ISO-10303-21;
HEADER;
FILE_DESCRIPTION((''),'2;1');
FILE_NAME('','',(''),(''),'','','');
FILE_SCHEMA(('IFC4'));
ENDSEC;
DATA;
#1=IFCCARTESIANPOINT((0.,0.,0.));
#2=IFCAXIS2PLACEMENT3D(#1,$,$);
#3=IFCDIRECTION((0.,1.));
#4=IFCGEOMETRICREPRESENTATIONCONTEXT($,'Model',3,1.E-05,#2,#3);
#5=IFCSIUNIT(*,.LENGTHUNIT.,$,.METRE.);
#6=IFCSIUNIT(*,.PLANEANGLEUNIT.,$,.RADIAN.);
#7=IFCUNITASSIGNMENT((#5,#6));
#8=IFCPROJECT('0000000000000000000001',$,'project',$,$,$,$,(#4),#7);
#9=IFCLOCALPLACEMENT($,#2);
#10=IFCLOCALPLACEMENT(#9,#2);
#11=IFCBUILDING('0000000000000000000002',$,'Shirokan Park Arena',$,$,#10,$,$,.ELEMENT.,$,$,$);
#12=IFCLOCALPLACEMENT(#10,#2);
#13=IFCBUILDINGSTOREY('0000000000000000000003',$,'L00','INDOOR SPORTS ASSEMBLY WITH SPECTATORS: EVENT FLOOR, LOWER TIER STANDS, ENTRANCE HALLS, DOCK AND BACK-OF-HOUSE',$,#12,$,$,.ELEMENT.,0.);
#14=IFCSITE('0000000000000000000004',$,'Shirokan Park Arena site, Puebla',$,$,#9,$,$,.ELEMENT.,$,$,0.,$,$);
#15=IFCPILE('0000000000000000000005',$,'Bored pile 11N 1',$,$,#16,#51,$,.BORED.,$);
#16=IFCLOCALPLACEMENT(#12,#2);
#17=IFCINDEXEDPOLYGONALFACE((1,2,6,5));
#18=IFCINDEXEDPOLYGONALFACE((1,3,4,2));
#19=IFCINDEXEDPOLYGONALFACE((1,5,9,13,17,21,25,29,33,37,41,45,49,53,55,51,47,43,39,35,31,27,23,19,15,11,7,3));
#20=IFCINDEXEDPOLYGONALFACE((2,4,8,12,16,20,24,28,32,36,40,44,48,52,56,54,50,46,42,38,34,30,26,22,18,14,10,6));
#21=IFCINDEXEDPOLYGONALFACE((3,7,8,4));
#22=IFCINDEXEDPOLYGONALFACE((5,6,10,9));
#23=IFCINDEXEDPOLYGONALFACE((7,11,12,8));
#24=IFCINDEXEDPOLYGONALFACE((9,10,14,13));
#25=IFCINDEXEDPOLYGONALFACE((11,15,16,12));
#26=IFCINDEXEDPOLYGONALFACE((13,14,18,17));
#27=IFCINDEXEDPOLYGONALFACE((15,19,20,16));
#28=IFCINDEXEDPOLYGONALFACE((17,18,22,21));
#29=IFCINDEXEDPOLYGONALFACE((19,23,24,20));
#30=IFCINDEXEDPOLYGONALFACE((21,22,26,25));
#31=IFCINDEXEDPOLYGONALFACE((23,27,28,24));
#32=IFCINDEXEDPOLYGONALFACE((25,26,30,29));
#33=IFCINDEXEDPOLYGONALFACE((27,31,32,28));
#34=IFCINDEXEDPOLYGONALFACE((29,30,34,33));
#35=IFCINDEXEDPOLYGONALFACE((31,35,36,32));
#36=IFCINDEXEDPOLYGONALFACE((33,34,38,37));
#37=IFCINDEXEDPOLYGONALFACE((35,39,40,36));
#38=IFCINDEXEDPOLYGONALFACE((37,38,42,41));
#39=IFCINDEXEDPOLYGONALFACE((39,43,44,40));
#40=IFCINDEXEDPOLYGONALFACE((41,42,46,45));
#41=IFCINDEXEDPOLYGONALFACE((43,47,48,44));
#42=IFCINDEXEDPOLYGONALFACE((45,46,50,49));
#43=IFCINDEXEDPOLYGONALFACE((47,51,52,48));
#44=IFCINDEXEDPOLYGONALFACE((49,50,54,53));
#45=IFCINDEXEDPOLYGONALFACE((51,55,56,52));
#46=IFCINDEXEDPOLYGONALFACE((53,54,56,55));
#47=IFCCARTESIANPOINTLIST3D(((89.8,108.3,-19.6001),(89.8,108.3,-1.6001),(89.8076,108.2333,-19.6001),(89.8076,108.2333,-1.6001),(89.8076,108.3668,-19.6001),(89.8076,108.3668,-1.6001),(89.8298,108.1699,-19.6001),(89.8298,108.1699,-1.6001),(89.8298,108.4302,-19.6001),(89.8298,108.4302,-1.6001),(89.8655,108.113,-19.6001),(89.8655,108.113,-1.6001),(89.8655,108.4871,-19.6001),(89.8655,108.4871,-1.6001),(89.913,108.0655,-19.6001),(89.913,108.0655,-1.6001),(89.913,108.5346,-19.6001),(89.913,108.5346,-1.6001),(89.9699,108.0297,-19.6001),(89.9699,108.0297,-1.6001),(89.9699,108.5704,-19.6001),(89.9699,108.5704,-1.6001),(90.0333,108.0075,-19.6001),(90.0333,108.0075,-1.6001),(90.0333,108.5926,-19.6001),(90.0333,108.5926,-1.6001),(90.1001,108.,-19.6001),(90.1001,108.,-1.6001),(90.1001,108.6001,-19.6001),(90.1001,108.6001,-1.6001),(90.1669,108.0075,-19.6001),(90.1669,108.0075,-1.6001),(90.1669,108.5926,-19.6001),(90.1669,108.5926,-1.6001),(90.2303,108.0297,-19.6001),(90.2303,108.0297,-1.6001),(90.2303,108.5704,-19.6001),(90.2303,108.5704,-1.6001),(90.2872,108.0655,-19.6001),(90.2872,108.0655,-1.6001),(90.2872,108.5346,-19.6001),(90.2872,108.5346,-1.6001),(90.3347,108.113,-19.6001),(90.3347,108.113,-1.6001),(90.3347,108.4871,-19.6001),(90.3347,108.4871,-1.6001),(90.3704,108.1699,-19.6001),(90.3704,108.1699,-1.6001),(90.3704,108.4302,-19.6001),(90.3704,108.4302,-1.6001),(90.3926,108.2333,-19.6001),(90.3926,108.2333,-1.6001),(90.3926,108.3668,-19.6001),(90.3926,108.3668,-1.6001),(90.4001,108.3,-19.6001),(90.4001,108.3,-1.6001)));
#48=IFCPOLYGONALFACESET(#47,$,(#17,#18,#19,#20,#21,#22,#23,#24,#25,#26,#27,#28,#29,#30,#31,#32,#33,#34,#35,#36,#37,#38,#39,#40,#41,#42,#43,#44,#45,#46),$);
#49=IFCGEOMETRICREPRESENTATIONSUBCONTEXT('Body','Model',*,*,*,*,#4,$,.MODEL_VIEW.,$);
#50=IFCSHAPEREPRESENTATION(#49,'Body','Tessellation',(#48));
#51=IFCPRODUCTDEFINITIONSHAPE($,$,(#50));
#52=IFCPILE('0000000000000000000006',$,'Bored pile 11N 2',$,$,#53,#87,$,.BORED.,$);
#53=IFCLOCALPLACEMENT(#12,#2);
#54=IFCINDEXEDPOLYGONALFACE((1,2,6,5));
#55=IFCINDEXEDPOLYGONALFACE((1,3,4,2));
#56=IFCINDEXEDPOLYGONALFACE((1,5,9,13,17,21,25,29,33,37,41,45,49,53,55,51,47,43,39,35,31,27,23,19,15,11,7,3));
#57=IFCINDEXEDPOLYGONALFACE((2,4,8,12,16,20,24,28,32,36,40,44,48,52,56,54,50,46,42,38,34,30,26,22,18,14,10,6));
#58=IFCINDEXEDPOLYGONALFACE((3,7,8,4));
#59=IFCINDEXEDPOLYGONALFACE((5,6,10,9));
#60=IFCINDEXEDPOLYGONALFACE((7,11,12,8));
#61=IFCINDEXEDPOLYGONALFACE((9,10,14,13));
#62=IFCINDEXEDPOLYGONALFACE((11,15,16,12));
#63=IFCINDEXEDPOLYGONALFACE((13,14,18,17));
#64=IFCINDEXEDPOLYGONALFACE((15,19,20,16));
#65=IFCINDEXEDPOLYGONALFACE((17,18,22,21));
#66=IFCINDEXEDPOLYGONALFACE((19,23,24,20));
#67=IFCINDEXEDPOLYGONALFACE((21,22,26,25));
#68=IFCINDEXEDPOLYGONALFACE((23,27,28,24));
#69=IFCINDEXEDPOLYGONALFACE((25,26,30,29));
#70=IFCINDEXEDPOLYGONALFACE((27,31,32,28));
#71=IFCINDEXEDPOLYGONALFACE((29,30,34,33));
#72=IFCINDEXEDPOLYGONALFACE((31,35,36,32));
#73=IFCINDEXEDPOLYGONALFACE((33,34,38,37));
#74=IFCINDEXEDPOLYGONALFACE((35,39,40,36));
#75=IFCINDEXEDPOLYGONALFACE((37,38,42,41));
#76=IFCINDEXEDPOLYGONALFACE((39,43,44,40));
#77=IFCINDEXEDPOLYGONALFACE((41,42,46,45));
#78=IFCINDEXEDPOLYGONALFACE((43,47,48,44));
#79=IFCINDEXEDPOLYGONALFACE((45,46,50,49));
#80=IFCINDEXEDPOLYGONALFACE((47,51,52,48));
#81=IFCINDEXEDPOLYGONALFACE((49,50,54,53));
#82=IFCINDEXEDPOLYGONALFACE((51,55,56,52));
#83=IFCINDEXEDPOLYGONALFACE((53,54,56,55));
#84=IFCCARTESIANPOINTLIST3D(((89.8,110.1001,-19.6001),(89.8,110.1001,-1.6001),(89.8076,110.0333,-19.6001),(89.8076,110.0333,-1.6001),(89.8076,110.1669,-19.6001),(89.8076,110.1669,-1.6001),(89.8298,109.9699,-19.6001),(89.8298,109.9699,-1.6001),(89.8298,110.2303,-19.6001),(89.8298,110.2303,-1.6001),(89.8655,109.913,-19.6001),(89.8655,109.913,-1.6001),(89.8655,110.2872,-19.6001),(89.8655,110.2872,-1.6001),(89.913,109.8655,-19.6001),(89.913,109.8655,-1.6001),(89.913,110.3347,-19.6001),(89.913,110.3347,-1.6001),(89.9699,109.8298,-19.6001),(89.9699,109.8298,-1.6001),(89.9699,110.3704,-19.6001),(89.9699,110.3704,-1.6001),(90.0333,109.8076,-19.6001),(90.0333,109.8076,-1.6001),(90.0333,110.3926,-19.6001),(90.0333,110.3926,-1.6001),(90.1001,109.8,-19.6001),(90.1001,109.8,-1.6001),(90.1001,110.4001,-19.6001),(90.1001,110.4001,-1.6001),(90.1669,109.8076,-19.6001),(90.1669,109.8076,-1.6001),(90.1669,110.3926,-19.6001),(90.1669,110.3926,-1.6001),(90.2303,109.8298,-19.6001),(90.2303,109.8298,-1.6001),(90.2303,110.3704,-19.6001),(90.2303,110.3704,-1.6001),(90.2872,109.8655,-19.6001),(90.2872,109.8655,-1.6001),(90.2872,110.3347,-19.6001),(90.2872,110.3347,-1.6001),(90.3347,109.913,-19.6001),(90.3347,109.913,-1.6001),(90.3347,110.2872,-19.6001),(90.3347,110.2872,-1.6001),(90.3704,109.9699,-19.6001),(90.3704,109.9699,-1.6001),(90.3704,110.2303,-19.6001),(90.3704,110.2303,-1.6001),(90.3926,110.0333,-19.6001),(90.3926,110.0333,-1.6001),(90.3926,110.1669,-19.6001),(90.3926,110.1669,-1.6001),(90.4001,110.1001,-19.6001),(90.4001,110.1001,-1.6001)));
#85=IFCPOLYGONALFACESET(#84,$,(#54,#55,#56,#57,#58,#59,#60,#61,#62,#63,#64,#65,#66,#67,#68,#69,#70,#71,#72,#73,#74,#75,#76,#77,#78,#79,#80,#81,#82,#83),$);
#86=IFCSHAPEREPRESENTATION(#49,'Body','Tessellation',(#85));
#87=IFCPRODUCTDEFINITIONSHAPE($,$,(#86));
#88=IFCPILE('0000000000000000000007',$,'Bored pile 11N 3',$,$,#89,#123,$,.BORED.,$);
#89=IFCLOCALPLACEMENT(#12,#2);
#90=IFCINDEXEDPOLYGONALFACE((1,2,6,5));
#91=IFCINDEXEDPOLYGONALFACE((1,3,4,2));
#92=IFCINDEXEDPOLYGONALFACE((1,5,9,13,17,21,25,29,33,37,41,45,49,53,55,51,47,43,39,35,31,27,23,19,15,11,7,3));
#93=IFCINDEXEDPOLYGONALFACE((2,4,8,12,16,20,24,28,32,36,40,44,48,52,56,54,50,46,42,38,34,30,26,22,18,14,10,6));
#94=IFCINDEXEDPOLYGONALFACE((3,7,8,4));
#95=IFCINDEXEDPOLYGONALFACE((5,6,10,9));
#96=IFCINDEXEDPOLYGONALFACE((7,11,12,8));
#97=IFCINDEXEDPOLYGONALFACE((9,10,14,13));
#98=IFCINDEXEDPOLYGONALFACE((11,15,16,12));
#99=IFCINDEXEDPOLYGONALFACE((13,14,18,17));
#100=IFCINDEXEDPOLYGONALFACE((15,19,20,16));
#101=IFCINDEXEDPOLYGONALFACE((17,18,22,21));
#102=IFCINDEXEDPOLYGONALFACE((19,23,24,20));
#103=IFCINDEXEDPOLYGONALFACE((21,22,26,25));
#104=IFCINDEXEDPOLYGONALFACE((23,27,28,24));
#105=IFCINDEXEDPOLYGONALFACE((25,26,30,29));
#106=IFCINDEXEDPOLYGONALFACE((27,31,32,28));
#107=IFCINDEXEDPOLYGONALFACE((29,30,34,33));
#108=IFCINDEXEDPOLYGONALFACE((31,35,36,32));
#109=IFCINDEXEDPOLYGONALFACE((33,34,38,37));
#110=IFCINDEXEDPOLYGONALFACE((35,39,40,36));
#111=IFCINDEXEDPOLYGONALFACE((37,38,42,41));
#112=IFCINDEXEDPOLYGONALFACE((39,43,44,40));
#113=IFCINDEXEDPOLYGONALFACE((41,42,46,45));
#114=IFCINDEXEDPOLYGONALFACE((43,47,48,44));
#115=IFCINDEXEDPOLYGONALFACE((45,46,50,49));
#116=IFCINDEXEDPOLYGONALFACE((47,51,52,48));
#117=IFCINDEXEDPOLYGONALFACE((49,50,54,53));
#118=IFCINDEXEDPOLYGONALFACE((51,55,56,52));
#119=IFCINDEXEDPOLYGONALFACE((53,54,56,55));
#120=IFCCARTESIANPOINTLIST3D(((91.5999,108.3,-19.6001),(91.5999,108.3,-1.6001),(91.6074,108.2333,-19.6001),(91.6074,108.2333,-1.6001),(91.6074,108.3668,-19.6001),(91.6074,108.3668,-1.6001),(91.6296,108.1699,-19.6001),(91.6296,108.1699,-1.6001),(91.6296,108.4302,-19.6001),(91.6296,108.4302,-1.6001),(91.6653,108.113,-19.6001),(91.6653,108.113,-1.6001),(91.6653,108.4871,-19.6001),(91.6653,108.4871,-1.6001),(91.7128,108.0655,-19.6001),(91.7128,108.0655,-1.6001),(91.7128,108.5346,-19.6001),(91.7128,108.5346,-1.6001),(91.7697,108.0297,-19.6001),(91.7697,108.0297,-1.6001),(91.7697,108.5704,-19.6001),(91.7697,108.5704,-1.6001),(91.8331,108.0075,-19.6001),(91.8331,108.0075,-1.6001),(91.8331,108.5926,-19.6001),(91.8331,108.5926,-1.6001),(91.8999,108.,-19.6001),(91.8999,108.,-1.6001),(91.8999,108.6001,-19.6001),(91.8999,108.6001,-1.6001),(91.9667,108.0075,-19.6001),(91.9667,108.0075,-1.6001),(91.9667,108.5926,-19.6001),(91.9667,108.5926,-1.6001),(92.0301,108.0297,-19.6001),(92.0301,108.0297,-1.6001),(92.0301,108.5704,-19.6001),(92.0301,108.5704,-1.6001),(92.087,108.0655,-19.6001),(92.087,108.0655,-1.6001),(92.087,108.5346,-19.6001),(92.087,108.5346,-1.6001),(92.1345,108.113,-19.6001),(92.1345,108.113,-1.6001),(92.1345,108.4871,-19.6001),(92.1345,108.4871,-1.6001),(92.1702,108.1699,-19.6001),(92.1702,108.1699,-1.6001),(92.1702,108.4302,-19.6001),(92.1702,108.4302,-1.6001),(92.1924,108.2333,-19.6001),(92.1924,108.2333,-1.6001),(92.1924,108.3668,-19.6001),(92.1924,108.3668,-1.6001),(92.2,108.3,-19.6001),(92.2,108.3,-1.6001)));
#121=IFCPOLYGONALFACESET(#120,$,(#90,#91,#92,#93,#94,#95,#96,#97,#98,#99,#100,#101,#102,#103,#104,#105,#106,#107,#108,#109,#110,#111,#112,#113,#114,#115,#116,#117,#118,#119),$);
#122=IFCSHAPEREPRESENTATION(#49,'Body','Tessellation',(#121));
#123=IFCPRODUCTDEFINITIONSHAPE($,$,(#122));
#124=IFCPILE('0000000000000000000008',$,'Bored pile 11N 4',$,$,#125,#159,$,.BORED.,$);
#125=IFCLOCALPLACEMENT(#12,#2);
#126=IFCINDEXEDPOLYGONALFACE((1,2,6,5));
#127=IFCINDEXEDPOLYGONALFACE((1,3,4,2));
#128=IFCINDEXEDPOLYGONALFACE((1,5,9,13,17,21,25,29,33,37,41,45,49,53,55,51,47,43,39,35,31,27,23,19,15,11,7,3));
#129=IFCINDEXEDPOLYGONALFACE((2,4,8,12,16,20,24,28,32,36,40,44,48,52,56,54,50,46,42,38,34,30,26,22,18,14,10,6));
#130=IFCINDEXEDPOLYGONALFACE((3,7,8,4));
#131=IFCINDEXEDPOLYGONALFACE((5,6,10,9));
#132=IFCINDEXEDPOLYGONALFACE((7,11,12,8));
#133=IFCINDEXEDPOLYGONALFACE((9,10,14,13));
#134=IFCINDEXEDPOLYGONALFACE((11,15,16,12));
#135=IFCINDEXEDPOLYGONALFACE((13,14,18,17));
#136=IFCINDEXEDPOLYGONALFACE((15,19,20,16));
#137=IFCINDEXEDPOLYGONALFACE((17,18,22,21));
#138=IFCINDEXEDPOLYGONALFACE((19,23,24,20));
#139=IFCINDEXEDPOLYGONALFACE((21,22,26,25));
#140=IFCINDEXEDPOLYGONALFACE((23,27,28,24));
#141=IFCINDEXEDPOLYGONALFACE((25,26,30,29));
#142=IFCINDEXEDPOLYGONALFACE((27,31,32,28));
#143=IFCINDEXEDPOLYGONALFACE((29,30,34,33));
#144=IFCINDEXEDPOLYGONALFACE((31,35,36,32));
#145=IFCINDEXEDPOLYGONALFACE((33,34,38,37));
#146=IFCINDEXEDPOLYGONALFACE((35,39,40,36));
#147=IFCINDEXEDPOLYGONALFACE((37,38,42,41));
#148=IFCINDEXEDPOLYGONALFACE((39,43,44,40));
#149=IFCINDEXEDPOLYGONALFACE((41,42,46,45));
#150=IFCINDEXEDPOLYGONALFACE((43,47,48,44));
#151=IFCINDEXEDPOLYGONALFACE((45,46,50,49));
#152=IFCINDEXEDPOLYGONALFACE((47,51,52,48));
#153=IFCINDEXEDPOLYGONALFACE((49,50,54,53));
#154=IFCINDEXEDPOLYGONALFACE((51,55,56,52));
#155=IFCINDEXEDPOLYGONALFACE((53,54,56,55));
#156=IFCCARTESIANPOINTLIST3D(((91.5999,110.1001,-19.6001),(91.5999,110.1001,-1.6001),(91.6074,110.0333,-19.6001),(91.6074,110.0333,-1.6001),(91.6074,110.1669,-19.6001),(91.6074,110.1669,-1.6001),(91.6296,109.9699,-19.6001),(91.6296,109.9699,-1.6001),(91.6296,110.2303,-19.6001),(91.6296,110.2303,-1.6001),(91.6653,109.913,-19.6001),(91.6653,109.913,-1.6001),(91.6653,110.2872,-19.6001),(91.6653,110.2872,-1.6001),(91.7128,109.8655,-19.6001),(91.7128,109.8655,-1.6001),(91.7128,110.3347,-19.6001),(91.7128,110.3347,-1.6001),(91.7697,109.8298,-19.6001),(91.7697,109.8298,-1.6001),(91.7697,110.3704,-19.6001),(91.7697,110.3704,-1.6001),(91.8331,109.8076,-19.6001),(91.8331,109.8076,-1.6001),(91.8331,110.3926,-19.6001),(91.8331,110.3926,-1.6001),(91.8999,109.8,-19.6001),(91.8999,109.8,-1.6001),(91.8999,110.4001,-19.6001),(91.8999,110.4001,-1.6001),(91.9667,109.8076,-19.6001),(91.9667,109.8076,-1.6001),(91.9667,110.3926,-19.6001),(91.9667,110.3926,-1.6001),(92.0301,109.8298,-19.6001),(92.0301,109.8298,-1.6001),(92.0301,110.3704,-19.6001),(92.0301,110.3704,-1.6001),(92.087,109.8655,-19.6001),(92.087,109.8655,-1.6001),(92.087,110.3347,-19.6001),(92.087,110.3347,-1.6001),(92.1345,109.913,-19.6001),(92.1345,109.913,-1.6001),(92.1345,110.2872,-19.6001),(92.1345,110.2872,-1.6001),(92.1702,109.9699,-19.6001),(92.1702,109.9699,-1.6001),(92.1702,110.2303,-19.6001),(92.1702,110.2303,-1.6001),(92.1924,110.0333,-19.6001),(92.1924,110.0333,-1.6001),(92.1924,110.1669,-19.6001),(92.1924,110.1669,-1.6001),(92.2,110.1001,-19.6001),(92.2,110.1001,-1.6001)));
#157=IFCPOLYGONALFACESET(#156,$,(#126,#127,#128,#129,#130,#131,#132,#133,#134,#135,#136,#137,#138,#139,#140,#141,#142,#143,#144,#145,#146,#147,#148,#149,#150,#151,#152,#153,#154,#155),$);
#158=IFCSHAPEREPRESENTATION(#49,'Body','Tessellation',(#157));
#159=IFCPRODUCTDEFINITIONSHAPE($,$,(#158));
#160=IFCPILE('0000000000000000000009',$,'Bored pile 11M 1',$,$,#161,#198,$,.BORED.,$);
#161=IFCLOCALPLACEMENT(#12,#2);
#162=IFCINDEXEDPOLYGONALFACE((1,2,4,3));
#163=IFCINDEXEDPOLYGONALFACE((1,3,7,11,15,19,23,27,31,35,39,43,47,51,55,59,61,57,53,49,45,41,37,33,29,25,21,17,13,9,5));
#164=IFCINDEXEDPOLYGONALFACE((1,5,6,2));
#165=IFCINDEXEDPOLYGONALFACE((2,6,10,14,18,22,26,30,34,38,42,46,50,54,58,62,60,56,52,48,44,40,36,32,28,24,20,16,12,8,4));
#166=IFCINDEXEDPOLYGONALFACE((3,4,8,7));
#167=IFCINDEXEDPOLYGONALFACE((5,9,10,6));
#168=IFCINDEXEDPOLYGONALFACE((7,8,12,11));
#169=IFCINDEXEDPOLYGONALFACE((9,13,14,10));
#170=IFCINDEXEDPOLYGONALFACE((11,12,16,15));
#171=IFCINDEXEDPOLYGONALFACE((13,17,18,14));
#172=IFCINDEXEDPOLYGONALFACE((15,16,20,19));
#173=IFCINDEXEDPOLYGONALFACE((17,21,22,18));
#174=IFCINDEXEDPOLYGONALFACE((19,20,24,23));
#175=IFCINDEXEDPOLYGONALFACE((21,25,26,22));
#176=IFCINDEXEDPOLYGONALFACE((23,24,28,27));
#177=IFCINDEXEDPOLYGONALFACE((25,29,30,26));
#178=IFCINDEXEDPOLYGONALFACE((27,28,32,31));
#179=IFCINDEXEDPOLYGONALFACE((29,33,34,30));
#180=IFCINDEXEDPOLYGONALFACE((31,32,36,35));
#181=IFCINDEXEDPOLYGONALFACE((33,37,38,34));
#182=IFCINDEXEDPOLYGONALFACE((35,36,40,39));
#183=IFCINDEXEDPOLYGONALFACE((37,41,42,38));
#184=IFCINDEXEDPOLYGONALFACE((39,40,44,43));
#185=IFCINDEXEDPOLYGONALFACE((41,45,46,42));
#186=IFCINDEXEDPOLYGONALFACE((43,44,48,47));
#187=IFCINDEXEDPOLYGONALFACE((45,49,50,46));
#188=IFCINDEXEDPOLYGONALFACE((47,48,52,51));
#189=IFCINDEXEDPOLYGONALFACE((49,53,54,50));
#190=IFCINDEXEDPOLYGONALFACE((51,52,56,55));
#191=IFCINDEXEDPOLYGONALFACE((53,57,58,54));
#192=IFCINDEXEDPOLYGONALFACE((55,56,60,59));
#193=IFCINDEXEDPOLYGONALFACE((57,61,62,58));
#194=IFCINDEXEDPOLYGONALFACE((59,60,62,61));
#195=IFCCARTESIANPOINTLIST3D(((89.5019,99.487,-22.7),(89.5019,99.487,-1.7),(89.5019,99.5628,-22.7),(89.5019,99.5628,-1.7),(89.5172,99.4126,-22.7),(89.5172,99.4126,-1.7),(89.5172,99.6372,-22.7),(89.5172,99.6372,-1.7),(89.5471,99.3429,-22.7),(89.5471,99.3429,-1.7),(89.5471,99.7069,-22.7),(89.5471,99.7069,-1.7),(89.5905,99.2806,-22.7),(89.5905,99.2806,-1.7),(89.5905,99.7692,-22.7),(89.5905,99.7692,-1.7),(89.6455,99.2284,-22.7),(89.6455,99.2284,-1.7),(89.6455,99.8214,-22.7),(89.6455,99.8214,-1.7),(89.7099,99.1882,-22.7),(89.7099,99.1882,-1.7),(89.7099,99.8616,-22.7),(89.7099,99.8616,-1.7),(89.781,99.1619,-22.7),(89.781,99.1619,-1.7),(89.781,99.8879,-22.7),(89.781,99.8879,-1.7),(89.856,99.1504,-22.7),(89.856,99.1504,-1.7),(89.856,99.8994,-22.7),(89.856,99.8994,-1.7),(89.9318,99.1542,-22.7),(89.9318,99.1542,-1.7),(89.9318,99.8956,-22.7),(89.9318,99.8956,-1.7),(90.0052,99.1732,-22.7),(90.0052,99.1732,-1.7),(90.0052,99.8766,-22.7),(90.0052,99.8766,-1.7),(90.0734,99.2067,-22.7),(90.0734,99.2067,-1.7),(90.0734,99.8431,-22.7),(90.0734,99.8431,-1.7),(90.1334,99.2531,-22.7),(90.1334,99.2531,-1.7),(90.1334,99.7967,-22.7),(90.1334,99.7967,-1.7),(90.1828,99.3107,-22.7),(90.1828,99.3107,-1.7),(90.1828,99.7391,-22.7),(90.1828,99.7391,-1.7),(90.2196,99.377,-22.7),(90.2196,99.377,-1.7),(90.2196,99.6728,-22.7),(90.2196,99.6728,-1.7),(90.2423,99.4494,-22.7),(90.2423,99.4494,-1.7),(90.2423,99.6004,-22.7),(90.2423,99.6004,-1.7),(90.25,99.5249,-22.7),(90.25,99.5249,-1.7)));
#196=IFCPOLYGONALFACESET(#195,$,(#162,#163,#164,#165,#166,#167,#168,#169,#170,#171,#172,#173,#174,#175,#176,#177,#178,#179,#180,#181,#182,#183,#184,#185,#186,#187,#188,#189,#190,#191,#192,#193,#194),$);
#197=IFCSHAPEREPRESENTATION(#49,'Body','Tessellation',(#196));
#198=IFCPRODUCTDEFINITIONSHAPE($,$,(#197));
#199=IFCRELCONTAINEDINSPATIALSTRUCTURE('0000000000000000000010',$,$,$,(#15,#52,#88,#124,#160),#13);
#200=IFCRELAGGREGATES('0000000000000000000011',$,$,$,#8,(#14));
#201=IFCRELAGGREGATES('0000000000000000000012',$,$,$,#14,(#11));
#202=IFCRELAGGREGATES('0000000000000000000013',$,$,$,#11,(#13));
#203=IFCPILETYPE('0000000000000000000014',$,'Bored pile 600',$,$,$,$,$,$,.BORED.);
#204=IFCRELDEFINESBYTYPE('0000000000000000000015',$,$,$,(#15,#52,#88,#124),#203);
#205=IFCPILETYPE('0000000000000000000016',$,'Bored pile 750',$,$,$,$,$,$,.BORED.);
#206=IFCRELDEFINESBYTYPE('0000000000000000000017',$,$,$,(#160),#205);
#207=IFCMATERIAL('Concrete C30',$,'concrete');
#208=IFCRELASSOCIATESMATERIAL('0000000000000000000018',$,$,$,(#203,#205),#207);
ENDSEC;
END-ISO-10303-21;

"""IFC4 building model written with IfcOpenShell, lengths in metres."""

from ifc_helpers import new_model, si_unit, direction, frame, origin, origin_2d, place, context, subcontext, project, spatial, circle, extrude, material, material_profile, profile_set, type_object, element, save


model = new_model("IFC4")

# Units and contexts
model_context = context("Model", 3, precision=1e-05, world=origin(), true_north=direction((0.0, 1.0)))
body_context = subcontext(model_context, "Body", "Model", "MODEL_VIEW")
ifc_project = project(units=[si_unit("LENGTHUNIT", "METRE"), si_unit("PLANEANGLEUNIT", "RADIAN")], contexts=[model_context])

# Site, building, storey
site_placement = place(None, origin())
site = spatial("IfcSite", under=ifc_project, at=site_placement, Name="Shirokan Park Arena site, Puebla", CompositionType="ELEMENT", RefElevation=0.0)
building_placement = place(site_placement, origin())
building = spatial("IfcBuilding", under=site, at=building_placement, Name="Shirokan Park Arena", CompositionType="ELEMENT")
storey_placement = place(building_placement, origin())
storey = spatial("IfcBuildingStorey", under=building, at=storey_placement, Name="L00", Description="INDOOR SPORTS ASSEMBLY WITH SPECTATORS: EVENT FLOOR, LOWER TIER STANDS, ENTRANCE HALLS, DOCK AND BACK-OF-HOUSE", CompositionType="ELEMENT", Elevation=0.0)

# Piles
ifc_material_1 = material(Name="Concrete C30", Category="concrete")
ifc_material_profile_1 = material_profile(ifc_material_1, circle(Radius=0.3, at=origin_2d()), Name="D600")
ifc_profile_set_1 = profile_set([ifc_material_profile_1], Name="Concrete C30")
pile_type_1 = type_object("IfcPileType", Name="Bored pile 600", PredefinedType="BORED", material=ifc_profile_set_1)
for number, where, z_axis, x_axis, name in (
    (1, (90.1001, 108.3, -1.6001), (0.0, 0.0, -1.0), (1.0, 0.0, 0.0), "Bored pile 11N 1"),
    (2, (90.1001, 110.1001, -1.6001), (0.0, 0.0, -1.0), (1.0, 0.0, 0.0), "Bored pile 11N 2"),
    (3, (91.8999, 108.3, -1.6001), (0.0, 0.0, -1.0), (1.0, 0.0, 0.0), "Bored pile 11N 3"),
    (4, (91.8999, 110.1001, -1.6001), (0.0, 0.0, -1.0), (1.0, 0.0, 0.0), "Bored pile 11N 4"),
):
    element("IfcPile", number, at=place(storey_placement, frame(where, z_axis=z_axis, x_axis=x_axis)), inside=storey, type_object=pile_type_1, Name=name, PredefinedType="BORED", context=body_context, shape_type="SweptSolid", body=[
        extrude(circle(Radius=0.3, at=origin_2d()), origin(), (0.0, 0.0, 1.0), 18.0),
    ])
ifc_material_profile_2 = material_profile(ifc_material_1, circle(Radius=0.375, at=origin_2d()), Name="D750")
ifc_profile_set_2 = profile_set([ifc_material_profile_2], Name="Concrete C30")
pile_type_2 = type_object("IfcPileType", Name="Bored pile 750", PredefinedType="BORED", material=ifc_profile_set_2)
for number, where, z_axis, x_axis, name in (
    (5, (89.875, 99.5249, -1.7), (0.0, 0.0, -1.0), (1.0, 0.0, 0.0), "Bored pile 11M 1"),
):
    element("IfcPile", number, at=place(storey_placement, frame(where, z_axis=z_axis, x_axis=x_axis)), inside=storey, type_object=pile_type_2, Name=name, PredefinedType="BORED", context=body_context, shape_type="SweptSolid", body=[
        extrude(circle(Radius=0.375, at=origin_2d()), origin(), (0.0, 0.0, 1.0), 21.0),
    ])

save(model, "model.ifc")
